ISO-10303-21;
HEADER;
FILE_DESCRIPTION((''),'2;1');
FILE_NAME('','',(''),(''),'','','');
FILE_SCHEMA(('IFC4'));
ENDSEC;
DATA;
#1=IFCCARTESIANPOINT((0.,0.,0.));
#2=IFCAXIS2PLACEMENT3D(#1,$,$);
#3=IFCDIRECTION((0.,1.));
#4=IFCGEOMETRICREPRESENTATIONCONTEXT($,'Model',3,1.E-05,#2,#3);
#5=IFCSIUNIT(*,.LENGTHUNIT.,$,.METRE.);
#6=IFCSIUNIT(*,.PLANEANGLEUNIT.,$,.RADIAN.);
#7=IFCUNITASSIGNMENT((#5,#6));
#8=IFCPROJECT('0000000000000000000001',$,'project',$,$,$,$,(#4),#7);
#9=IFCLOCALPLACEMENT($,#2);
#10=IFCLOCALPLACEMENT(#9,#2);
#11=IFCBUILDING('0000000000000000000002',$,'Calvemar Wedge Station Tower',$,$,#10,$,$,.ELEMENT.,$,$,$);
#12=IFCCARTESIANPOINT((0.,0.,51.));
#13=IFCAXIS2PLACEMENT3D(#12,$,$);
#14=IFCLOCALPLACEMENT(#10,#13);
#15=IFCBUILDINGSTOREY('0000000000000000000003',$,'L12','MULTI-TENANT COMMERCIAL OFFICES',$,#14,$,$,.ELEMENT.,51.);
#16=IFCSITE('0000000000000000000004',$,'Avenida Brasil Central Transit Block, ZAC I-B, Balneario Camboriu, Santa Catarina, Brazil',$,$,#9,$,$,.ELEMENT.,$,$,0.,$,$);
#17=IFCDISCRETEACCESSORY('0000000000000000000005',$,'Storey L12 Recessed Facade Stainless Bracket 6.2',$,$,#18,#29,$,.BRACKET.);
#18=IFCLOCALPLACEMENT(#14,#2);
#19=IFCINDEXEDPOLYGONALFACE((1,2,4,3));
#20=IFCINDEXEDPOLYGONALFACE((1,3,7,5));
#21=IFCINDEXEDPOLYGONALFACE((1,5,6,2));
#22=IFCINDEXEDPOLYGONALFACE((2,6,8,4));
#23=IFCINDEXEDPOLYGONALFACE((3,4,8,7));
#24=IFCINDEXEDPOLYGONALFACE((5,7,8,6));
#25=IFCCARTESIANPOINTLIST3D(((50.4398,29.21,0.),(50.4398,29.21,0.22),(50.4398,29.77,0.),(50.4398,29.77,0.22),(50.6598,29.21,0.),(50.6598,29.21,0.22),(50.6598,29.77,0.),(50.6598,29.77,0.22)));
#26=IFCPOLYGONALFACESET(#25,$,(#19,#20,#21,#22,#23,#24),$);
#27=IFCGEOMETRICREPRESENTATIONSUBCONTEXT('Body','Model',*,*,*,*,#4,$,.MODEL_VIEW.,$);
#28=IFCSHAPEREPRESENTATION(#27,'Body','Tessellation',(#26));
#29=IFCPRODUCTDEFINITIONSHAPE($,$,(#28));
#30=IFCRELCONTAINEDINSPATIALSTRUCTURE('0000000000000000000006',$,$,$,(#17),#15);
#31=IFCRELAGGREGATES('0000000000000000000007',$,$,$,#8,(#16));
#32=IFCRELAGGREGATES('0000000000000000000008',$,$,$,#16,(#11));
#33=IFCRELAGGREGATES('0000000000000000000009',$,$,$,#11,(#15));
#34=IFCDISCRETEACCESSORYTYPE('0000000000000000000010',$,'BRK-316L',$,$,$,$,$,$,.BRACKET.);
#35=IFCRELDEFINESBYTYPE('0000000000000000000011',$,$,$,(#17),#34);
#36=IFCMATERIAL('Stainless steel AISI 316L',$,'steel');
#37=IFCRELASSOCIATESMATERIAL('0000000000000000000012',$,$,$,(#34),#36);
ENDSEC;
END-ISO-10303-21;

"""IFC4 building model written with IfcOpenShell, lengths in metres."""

from ifc_helpers import new_model, si_unit, direction, frame, origin, origin_2d, place, context, subcontext, project, spatial, rectangle, extrude, source, transform, mapped, material, type_object, element, save


model = new_model("IFC4")

# Units and contexts
model_context = context("Model", 3, precision=1e-05, world=origin(), true_north=direction((0.0, 1.0)))
body_context = subcontext(model_context, "Body", "Model", "MODEL_VIEW")
ifc_project = project(units=[si_unit("LENGTHUNIT", "METRE"), si_unit("PLANEANGLEUNIT", "RADIAN")], contexts=[model_context])

# Site, building, storey
site_placement = place(None, origin())
site = spatial("IfcSite", under=ifc_project, at=site_placement, Name="Avenida Brasil Central Transit Block, ZAC I-B, Balneario Camboriu, Santa Catarina, Brazil", CompositionType="ELEMENT", RefElevation=0.0)
building_placement = place(site_placement, origin())
building = spatial("IfcBuilding", under=site, at=building_placement, Name="Calvemar Wedge Station Tower", CompositionType="ELEMENT")
storey_placement = place(building_placement, frame((0.0, 0.0, 51.0)))
storey = spatial("IfcBuildingStorey", under=building, at=storey_placement, Name="L12", Description="MULTI-TENANT COMMERCIAL OFFICES", CompositionType="ELEMENT", Elevation=51.0)

# Discrete accessory
ifc_material_1 = material(Name="Stainless steel AISI 316L", Category="steel")
discrete_accessory_type = type_object("IfcDiscreteAccessoryType", Name="BRK-316L", PredefinedType="BRACKET", material=ifc_material_1)
shared_shape_1 = source(origin(), body_context, "Body", "SweptSolid", [
    extrude(rectangle(XDim=0.22, YDim=0.5601, at=origin_2d()), origin(), (0.0, 0.0, 1.0), 0.22),
])
discrete_accessory_placement = place(storey_placement, frame((50.5498, 29.49, 0.0), z_axis=(0.0, 0.0, 1.0), x_axis=(1.0, 0.0, 0.0)))
element("IfcDiscreteAccessory", 1, at=discrete_accessory_placement, inside=storey, type_object=discrete_accessory_type, Name="Storey L12 Recessed Facade Stainless Bracket 6.2", PredefinedType="BRACKET", context=body_context, shape_type="MappedRepresentation", body=[
    mapped(shared_shape_1, transform((0.0, 0.0, 0.0), scale=1.0)),
])

save(model, "model.ifc")
